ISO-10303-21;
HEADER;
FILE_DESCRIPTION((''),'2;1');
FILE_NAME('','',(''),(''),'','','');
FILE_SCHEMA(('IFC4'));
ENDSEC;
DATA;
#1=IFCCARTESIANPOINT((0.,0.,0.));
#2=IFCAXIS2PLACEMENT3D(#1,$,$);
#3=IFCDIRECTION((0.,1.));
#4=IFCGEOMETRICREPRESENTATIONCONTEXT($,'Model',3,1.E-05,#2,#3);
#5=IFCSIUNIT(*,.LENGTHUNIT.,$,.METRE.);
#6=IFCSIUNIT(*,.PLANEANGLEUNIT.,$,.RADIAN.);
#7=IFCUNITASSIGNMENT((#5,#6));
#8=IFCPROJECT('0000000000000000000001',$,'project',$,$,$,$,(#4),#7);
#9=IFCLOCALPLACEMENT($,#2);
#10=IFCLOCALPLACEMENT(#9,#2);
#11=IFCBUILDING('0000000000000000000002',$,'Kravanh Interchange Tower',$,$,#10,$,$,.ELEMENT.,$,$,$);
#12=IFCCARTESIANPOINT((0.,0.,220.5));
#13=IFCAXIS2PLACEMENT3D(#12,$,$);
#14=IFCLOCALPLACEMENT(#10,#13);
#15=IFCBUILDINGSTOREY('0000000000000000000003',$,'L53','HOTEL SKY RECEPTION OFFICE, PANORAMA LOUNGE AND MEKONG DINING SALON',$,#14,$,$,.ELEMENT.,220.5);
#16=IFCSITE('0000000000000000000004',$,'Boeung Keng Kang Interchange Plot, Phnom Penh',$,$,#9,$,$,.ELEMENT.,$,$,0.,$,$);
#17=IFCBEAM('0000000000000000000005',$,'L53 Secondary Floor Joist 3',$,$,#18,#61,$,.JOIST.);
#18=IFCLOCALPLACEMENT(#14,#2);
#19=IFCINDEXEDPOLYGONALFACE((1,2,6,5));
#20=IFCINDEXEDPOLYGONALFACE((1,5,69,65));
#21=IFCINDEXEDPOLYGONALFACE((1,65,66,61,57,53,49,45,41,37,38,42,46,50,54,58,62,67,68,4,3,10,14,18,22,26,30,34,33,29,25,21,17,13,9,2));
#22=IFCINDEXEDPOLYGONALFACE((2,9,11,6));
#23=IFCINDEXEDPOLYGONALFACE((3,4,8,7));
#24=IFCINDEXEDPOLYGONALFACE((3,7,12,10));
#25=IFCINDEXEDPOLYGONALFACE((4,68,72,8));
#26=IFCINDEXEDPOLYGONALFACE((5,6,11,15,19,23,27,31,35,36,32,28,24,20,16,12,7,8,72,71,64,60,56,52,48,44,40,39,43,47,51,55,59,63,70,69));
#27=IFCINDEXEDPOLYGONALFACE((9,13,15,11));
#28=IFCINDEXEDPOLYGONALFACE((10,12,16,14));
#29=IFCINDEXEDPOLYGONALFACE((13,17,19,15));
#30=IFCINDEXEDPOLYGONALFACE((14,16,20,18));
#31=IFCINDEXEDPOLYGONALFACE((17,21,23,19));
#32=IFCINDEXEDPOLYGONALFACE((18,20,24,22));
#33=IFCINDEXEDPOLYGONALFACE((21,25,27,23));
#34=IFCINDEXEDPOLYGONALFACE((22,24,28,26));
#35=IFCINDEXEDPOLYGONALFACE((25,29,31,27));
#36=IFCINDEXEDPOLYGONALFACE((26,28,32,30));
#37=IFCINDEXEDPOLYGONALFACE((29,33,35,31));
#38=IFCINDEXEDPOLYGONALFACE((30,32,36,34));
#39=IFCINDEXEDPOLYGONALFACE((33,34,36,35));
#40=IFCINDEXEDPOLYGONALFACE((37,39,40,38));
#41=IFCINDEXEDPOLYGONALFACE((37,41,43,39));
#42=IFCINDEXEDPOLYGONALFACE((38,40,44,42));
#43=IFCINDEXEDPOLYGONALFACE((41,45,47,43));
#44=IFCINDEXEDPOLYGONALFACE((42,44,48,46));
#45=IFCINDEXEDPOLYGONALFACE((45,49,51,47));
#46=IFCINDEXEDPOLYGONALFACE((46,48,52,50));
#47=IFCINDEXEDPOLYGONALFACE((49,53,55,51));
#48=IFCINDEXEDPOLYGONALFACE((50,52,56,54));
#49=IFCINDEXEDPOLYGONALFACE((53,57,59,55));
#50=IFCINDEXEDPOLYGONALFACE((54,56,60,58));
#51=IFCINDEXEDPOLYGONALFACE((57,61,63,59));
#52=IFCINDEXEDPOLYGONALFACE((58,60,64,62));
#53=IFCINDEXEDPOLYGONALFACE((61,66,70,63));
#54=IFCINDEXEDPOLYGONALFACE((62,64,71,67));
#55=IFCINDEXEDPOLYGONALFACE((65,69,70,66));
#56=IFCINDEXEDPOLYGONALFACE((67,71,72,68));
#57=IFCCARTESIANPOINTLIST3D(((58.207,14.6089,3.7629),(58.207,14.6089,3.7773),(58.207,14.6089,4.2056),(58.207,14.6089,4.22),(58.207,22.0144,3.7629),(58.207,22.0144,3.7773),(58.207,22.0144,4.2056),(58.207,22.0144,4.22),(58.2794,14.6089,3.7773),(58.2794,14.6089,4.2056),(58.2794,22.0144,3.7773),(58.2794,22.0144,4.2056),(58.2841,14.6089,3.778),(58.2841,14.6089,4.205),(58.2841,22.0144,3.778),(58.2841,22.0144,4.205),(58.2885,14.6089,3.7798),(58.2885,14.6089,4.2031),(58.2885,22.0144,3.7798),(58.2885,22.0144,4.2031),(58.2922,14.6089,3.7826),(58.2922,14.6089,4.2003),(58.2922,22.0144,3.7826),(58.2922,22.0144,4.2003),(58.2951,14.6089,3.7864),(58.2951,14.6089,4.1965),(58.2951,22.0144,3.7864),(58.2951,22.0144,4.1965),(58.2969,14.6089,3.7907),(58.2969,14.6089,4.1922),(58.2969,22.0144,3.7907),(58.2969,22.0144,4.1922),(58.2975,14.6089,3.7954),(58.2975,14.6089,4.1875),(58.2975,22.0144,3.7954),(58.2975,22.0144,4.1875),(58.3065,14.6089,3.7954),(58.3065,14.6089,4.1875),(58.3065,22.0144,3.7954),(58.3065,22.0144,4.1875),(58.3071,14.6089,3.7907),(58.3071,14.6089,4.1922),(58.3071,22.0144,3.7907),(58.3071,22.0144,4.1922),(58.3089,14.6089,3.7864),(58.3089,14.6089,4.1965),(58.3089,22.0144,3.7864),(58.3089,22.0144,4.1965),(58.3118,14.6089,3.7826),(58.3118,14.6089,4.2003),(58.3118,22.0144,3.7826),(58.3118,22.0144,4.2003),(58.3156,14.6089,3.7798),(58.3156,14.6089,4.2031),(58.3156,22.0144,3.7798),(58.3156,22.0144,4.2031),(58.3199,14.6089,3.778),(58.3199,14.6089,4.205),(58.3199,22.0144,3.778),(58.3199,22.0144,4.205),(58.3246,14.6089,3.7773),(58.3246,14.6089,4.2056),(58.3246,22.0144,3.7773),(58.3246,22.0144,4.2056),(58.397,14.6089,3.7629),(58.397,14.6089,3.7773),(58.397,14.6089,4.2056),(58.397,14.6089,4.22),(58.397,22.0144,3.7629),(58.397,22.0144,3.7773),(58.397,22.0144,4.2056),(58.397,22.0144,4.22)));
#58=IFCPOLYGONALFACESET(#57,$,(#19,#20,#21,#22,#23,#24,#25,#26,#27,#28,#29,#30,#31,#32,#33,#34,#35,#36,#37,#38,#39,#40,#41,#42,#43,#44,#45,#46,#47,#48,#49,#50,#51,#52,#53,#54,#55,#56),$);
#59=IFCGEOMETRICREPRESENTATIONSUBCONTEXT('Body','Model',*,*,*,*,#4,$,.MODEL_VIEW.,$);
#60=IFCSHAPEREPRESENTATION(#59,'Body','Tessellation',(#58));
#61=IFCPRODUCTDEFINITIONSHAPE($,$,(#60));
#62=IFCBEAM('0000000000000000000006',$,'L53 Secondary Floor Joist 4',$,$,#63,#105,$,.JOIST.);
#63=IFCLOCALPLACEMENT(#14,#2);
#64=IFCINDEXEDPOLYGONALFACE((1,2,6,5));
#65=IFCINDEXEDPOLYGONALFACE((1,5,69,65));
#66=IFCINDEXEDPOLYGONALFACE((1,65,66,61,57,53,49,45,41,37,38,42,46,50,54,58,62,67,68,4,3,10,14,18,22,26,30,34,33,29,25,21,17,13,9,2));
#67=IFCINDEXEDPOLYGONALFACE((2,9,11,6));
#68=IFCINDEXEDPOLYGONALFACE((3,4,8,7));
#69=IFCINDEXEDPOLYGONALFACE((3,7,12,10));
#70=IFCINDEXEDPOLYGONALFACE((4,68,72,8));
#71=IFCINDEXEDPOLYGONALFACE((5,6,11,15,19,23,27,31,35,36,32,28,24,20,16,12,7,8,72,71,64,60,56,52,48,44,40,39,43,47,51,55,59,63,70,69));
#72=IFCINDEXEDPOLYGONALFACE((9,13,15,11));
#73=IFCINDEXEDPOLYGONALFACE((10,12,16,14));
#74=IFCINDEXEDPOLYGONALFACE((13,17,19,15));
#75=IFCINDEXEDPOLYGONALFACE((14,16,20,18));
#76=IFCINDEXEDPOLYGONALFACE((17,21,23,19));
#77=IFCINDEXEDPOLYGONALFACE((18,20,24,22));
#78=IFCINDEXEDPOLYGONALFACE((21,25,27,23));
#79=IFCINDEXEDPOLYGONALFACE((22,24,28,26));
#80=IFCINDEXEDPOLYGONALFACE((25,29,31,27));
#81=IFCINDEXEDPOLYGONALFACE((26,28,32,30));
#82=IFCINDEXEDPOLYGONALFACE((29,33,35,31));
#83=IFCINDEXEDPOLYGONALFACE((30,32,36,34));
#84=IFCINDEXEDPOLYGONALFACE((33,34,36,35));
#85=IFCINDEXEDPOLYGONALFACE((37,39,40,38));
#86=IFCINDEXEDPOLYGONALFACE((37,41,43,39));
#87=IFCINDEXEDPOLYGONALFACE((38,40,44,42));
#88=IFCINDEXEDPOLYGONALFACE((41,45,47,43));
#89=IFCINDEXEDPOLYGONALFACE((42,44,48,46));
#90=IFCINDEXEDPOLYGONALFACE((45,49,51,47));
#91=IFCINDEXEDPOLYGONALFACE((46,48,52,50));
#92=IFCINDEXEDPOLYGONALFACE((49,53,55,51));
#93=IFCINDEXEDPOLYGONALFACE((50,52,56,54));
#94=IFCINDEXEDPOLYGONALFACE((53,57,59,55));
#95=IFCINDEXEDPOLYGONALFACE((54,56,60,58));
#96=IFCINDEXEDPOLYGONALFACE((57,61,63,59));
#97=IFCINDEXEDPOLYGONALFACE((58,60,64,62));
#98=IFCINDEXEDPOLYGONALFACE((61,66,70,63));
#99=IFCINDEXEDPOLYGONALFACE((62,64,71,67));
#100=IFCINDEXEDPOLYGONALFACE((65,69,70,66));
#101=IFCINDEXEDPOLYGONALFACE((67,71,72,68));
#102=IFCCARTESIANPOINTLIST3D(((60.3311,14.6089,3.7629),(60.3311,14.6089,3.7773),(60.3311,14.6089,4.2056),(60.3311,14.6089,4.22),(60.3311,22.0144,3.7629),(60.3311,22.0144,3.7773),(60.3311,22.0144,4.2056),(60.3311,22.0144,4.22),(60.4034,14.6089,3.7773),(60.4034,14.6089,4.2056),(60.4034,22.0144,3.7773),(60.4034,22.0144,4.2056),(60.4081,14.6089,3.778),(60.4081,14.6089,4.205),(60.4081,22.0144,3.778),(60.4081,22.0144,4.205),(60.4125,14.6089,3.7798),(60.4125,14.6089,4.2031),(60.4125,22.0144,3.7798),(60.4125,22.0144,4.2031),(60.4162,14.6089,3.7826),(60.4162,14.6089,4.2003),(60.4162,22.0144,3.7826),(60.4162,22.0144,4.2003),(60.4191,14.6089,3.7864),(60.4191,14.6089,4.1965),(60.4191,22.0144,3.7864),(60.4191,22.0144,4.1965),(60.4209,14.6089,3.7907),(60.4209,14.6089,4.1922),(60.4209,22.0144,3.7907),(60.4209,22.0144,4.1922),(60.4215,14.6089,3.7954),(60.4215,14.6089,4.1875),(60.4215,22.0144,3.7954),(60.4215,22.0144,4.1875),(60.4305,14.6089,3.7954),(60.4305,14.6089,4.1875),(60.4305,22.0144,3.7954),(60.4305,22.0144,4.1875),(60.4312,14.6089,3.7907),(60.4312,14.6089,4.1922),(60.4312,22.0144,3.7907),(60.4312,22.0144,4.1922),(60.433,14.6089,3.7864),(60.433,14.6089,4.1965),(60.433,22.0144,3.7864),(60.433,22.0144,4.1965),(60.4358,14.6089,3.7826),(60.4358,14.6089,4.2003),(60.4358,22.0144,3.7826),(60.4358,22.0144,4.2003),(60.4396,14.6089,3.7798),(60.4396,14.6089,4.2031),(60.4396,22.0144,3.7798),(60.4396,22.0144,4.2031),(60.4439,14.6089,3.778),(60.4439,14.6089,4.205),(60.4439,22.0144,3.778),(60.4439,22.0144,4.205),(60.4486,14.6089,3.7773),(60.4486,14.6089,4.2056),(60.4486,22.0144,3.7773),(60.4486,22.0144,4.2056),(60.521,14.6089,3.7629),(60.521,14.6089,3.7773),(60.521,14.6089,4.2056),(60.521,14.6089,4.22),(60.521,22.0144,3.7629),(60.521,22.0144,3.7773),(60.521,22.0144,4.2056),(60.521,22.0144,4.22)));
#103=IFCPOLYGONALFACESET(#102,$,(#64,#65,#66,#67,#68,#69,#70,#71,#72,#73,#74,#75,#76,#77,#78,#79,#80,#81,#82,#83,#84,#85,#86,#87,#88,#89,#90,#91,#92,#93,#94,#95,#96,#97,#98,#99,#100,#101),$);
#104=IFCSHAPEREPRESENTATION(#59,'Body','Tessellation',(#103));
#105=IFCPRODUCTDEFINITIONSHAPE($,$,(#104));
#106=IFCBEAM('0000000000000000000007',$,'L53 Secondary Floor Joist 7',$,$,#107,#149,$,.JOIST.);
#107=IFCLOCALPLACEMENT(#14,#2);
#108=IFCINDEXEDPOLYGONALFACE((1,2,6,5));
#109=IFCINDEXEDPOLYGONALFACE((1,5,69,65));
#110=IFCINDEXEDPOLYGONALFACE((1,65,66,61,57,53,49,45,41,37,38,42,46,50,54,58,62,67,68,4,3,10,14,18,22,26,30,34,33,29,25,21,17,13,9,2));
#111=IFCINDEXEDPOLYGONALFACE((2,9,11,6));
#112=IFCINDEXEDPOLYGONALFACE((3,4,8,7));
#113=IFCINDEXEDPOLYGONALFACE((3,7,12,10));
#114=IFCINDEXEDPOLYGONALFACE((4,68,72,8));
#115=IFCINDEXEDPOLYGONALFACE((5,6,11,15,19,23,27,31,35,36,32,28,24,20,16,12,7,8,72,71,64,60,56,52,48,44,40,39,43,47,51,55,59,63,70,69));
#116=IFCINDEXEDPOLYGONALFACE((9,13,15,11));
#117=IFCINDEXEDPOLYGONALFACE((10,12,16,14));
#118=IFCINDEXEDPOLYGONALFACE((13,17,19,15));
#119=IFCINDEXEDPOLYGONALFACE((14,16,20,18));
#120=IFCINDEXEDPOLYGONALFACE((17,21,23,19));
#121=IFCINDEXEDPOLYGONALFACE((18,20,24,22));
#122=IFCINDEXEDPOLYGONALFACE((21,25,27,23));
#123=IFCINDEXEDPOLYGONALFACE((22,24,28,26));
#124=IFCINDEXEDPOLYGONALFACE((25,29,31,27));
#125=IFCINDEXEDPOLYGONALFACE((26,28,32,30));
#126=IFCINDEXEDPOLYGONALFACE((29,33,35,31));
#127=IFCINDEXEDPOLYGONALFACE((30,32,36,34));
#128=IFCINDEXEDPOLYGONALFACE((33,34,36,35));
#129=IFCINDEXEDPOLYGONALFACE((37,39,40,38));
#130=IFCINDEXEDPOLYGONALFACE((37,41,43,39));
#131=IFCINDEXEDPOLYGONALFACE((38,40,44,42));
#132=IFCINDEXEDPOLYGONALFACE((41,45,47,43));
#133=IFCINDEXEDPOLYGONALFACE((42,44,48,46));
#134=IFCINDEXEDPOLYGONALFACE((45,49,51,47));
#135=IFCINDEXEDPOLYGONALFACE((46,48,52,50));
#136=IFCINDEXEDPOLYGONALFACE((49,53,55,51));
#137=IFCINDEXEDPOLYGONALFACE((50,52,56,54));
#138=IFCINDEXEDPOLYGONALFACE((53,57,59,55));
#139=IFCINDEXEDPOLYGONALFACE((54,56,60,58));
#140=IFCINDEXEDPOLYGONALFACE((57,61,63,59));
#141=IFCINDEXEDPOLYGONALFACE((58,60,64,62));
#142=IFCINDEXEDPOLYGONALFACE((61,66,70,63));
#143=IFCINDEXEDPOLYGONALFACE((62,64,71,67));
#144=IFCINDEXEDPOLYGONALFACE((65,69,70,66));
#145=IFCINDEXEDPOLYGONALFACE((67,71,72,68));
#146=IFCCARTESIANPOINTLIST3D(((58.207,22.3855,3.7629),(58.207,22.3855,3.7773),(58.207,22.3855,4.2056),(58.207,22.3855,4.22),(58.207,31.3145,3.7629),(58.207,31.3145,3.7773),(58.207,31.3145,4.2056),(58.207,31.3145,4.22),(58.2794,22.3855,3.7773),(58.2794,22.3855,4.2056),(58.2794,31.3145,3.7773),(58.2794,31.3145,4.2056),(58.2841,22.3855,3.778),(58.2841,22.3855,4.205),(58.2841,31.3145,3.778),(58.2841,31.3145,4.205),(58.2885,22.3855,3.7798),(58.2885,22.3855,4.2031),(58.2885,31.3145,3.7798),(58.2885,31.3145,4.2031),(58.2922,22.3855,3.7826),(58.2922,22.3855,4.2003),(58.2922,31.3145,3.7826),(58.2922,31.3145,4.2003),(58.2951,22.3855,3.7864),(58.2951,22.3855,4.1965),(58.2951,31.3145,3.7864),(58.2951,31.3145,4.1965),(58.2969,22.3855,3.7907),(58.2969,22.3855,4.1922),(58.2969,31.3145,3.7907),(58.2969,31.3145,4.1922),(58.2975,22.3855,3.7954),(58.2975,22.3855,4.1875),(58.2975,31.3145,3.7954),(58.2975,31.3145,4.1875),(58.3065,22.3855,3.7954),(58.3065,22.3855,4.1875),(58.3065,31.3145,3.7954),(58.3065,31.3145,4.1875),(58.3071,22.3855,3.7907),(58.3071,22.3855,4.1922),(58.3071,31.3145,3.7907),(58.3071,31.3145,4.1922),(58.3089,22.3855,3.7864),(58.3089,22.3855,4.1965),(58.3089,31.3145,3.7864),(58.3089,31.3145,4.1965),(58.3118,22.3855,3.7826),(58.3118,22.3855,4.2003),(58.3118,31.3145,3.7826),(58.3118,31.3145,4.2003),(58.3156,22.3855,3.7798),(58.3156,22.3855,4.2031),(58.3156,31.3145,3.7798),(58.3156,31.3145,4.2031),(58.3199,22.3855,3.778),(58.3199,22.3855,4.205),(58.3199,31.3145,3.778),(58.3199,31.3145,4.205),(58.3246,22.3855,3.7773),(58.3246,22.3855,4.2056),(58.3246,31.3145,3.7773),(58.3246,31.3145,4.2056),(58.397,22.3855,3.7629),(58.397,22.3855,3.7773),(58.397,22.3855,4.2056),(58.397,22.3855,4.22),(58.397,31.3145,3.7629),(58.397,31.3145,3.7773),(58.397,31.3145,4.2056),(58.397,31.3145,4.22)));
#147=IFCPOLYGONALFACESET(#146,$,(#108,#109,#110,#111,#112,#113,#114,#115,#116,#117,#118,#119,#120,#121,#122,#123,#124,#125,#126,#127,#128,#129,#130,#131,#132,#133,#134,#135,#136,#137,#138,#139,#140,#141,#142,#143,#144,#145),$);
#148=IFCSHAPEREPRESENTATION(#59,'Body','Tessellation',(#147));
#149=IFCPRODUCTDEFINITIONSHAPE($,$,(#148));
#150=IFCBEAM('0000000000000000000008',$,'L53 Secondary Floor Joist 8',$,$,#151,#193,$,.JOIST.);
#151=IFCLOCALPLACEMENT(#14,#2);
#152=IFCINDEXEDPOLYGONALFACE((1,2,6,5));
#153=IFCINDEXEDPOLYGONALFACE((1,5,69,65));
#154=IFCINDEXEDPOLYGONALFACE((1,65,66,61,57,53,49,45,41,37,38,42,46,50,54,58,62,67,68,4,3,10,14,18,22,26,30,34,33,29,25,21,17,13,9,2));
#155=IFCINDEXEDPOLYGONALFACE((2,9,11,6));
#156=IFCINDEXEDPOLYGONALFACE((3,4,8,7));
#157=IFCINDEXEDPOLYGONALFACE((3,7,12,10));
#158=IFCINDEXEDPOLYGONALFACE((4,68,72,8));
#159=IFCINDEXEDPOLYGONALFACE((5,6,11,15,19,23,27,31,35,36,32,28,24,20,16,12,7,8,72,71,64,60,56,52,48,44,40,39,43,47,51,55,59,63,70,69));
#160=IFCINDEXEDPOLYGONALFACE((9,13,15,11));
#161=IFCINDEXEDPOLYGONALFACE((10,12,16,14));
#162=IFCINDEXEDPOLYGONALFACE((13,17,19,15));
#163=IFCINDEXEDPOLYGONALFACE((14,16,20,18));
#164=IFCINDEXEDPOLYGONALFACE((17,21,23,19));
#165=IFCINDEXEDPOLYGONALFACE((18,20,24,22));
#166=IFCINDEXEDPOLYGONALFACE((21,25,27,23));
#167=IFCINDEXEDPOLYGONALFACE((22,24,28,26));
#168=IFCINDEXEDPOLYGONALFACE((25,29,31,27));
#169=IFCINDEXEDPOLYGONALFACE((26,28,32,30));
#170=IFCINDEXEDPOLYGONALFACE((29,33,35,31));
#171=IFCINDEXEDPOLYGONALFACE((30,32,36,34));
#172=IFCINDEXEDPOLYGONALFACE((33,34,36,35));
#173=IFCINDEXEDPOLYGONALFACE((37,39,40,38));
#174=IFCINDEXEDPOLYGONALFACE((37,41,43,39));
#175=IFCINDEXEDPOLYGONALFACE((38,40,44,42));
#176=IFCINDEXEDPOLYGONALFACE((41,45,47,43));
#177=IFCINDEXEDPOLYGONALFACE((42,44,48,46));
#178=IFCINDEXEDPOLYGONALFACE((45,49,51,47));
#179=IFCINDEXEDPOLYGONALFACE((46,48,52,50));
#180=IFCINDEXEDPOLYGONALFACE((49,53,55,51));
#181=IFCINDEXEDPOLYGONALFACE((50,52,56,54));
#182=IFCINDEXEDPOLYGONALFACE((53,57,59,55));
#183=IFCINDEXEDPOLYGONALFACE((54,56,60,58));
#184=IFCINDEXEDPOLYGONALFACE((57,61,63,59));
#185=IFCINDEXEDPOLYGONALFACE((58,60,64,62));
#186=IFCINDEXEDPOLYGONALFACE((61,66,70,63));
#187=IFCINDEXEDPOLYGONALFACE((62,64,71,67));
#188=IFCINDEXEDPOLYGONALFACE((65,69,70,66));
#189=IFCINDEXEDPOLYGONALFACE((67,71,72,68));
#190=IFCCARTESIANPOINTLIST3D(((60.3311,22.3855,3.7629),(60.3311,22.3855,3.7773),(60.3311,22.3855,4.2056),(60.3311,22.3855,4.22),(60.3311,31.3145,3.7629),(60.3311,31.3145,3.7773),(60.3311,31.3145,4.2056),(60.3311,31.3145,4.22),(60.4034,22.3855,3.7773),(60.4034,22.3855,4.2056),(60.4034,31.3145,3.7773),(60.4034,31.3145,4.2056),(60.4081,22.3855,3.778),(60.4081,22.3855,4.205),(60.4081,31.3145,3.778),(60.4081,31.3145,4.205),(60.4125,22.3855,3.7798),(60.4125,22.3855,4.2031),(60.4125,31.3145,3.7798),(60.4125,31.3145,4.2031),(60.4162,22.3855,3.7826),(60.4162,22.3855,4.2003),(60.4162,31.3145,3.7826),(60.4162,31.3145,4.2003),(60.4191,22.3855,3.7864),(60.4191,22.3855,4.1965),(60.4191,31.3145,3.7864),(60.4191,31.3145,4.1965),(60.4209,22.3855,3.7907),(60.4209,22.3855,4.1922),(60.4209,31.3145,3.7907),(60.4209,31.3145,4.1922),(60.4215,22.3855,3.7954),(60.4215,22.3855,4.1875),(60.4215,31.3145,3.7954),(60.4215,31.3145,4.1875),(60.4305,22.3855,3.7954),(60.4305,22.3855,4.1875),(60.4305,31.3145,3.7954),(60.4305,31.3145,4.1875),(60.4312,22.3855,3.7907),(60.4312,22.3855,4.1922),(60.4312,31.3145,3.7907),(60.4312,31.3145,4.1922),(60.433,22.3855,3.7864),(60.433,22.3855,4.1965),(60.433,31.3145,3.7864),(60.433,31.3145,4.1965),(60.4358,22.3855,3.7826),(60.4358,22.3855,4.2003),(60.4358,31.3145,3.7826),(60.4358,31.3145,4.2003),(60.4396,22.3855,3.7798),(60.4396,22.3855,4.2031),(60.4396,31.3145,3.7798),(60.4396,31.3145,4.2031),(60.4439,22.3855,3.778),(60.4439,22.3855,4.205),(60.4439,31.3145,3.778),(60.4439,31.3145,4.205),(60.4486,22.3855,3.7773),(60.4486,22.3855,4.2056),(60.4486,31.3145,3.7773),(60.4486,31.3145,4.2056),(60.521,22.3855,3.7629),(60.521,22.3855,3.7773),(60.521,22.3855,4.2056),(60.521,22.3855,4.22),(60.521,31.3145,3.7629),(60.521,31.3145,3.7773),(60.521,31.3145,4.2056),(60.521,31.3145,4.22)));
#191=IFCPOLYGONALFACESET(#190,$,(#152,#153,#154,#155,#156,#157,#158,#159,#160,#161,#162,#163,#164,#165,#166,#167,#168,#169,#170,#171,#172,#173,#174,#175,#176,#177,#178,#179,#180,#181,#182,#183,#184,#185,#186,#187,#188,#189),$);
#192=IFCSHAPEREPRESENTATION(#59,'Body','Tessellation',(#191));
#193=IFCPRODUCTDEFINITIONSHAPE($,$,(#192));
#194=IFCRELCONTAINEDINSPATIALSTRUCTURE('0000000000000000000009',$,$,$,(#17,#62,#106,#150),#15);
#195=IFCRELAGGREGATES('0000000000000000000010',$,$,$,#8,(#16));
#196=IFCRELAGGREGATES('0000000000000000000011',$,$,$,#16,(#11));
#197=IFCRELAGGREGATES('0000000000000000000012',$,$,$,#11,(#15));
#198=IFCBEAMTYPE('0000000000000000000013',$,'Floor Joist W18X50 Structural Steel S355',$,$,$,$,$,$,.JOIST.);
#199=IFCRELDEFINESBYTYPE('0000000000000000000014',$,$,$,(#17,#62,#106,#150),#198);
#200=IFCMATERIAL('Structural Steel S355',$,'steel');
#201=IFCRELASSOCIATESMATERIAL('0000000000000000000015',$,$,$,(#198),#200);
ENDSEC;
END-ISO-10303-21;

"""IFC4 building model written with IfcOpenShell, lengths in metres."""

from ifc_helpers import new_model, si_unit, direction, frame, origin, origin_2d, place, context, subcontext, project, spatial, i_section, extrude, material, material_profile, profile_set, type_object, element, save


model = new_model("IFC4")

# Units and contexts
model_context = context("Model", 3, precision=1e-05, world=origin(), true_north=direction((0.0, 1.0)))
body_context = subcontext(model_context, "Body", "Model", "MODEL_VIEW")
ifc_project = project(units=[si_unit("LENGTHUNIT", "METRE"), si_unit("PLANEANGLEUNIT", "RADIAN")], contexts=[model_context])

# Site, building, storey
site_placement = place(None, origin())
site = spatial("IfcSite", under=ifc_project, at=site_placement, Name="Boeung Keng Kang Interchange Plot, Phnom Penh", CompositionType="ELEMENT", RefElevation=0.0)
building_placement = place(site_placement, origin())
building = spatial("IfcBuilding", under=site, at=building_placement, Name="Kravanh Interchange Tower", CompositionType="ELEMENT")
storey_placement = place(building_placement, frame((0.0, 0.0, 220.5)))
storey = spatial("IfcBuildingStorey", under=building, at=storey_placement, Name="L53", Description="HOTEL SKY RECEPTION OFFICE, PANORAMA LOUNGE AND MEKONG DINING SALON", CompositionType="ELEMENT", Elevation=220.5)

# Beams
ifc_material_1 = material(Name="Structural Steel S355", Category="steel")
ifc_material_profile_1 = material_profile(ifc_material_1, i_section(OverallWidth=0.1899, OverallDepth=0.457, WebThickness=0.009, FlangeThickness=0.0144, FilletRadius=0.0181, at=origin_2d()), Name="W18X50")
ifc_profile_set_1 = profile_set([ifc_material_profile_1], Name="Structural Steel S355")
beam_type_1 = type_object("IfcBeamType", Name="Floor Joist W18X50 Structural Steel S355", PredefinedType="JOIST", material=ifc_profile_set_1)
for number, where, z_axis, x_axis, name in (
    (1, (58.302, 14.6089, 3.9915), (0.0, 1.0, 0.0), (-1.0, 0.0, 0.0), "L53 Secondary Floor Joist 3"),
    (2, (60.426, 14.6089, 3.9915), (0.0, 1.0, 0.0), (-1.0, 0.0, 0.0), "L53 Secondary Floor Joist 4"),
):
    element("IfcBeam", number, at=place(storey_placement, frame(where, z_axis=z_axis, x_axis=x_axis)), inside=storey, type_object=beam_type_1, Name=name, PredefinedType="JOIST", context=body_context, shape_type="SweptSolid", body=[
        extrude(i_section(OverallWidth=0.1899, OverallDepth=0.457, WebThickness=0.009, FlangeThickness=0.0144, FilletRadius=0.0181, at=origin_2d()), origin(), (0.0, 0.0, 1.0), 7.4055),
    ])
for number, where, z_axis, x_axis, name in (
    (3, (58.302, 22.3855, 3.9915), (0.0, 1.0, 0.0), (-1.0, 0.0, 0.0), "L53 Secondary Floor Joist 7"),
    (4, (60.426, 22.3855, 3.9915), (0.0, 1.0, 0.0), (-1.0, 0.0, 0.0), "L53 Secondary Floor Joist 8"),
):
    element("IfcBeam", number, at=place(storey_placement, frame(where, z_axis=z_axis, x_axis=x_axis)), inside=storey, type_object=beam_type_1, Name=name, PredefinedType="JOIST", context=body_context, shape_type="SweptSolid", body=[
        extrude(i_section(OverallWidth=0.1899, OverallDepth=0.457, WebThickness=0.009, FlangeThickness=0.0144, FilletRadius=0.0181, at=origin_2d()), origin(), (0.0, 0.0, 1.0), 8.929),
    ])

save(model, "model.ifc")
